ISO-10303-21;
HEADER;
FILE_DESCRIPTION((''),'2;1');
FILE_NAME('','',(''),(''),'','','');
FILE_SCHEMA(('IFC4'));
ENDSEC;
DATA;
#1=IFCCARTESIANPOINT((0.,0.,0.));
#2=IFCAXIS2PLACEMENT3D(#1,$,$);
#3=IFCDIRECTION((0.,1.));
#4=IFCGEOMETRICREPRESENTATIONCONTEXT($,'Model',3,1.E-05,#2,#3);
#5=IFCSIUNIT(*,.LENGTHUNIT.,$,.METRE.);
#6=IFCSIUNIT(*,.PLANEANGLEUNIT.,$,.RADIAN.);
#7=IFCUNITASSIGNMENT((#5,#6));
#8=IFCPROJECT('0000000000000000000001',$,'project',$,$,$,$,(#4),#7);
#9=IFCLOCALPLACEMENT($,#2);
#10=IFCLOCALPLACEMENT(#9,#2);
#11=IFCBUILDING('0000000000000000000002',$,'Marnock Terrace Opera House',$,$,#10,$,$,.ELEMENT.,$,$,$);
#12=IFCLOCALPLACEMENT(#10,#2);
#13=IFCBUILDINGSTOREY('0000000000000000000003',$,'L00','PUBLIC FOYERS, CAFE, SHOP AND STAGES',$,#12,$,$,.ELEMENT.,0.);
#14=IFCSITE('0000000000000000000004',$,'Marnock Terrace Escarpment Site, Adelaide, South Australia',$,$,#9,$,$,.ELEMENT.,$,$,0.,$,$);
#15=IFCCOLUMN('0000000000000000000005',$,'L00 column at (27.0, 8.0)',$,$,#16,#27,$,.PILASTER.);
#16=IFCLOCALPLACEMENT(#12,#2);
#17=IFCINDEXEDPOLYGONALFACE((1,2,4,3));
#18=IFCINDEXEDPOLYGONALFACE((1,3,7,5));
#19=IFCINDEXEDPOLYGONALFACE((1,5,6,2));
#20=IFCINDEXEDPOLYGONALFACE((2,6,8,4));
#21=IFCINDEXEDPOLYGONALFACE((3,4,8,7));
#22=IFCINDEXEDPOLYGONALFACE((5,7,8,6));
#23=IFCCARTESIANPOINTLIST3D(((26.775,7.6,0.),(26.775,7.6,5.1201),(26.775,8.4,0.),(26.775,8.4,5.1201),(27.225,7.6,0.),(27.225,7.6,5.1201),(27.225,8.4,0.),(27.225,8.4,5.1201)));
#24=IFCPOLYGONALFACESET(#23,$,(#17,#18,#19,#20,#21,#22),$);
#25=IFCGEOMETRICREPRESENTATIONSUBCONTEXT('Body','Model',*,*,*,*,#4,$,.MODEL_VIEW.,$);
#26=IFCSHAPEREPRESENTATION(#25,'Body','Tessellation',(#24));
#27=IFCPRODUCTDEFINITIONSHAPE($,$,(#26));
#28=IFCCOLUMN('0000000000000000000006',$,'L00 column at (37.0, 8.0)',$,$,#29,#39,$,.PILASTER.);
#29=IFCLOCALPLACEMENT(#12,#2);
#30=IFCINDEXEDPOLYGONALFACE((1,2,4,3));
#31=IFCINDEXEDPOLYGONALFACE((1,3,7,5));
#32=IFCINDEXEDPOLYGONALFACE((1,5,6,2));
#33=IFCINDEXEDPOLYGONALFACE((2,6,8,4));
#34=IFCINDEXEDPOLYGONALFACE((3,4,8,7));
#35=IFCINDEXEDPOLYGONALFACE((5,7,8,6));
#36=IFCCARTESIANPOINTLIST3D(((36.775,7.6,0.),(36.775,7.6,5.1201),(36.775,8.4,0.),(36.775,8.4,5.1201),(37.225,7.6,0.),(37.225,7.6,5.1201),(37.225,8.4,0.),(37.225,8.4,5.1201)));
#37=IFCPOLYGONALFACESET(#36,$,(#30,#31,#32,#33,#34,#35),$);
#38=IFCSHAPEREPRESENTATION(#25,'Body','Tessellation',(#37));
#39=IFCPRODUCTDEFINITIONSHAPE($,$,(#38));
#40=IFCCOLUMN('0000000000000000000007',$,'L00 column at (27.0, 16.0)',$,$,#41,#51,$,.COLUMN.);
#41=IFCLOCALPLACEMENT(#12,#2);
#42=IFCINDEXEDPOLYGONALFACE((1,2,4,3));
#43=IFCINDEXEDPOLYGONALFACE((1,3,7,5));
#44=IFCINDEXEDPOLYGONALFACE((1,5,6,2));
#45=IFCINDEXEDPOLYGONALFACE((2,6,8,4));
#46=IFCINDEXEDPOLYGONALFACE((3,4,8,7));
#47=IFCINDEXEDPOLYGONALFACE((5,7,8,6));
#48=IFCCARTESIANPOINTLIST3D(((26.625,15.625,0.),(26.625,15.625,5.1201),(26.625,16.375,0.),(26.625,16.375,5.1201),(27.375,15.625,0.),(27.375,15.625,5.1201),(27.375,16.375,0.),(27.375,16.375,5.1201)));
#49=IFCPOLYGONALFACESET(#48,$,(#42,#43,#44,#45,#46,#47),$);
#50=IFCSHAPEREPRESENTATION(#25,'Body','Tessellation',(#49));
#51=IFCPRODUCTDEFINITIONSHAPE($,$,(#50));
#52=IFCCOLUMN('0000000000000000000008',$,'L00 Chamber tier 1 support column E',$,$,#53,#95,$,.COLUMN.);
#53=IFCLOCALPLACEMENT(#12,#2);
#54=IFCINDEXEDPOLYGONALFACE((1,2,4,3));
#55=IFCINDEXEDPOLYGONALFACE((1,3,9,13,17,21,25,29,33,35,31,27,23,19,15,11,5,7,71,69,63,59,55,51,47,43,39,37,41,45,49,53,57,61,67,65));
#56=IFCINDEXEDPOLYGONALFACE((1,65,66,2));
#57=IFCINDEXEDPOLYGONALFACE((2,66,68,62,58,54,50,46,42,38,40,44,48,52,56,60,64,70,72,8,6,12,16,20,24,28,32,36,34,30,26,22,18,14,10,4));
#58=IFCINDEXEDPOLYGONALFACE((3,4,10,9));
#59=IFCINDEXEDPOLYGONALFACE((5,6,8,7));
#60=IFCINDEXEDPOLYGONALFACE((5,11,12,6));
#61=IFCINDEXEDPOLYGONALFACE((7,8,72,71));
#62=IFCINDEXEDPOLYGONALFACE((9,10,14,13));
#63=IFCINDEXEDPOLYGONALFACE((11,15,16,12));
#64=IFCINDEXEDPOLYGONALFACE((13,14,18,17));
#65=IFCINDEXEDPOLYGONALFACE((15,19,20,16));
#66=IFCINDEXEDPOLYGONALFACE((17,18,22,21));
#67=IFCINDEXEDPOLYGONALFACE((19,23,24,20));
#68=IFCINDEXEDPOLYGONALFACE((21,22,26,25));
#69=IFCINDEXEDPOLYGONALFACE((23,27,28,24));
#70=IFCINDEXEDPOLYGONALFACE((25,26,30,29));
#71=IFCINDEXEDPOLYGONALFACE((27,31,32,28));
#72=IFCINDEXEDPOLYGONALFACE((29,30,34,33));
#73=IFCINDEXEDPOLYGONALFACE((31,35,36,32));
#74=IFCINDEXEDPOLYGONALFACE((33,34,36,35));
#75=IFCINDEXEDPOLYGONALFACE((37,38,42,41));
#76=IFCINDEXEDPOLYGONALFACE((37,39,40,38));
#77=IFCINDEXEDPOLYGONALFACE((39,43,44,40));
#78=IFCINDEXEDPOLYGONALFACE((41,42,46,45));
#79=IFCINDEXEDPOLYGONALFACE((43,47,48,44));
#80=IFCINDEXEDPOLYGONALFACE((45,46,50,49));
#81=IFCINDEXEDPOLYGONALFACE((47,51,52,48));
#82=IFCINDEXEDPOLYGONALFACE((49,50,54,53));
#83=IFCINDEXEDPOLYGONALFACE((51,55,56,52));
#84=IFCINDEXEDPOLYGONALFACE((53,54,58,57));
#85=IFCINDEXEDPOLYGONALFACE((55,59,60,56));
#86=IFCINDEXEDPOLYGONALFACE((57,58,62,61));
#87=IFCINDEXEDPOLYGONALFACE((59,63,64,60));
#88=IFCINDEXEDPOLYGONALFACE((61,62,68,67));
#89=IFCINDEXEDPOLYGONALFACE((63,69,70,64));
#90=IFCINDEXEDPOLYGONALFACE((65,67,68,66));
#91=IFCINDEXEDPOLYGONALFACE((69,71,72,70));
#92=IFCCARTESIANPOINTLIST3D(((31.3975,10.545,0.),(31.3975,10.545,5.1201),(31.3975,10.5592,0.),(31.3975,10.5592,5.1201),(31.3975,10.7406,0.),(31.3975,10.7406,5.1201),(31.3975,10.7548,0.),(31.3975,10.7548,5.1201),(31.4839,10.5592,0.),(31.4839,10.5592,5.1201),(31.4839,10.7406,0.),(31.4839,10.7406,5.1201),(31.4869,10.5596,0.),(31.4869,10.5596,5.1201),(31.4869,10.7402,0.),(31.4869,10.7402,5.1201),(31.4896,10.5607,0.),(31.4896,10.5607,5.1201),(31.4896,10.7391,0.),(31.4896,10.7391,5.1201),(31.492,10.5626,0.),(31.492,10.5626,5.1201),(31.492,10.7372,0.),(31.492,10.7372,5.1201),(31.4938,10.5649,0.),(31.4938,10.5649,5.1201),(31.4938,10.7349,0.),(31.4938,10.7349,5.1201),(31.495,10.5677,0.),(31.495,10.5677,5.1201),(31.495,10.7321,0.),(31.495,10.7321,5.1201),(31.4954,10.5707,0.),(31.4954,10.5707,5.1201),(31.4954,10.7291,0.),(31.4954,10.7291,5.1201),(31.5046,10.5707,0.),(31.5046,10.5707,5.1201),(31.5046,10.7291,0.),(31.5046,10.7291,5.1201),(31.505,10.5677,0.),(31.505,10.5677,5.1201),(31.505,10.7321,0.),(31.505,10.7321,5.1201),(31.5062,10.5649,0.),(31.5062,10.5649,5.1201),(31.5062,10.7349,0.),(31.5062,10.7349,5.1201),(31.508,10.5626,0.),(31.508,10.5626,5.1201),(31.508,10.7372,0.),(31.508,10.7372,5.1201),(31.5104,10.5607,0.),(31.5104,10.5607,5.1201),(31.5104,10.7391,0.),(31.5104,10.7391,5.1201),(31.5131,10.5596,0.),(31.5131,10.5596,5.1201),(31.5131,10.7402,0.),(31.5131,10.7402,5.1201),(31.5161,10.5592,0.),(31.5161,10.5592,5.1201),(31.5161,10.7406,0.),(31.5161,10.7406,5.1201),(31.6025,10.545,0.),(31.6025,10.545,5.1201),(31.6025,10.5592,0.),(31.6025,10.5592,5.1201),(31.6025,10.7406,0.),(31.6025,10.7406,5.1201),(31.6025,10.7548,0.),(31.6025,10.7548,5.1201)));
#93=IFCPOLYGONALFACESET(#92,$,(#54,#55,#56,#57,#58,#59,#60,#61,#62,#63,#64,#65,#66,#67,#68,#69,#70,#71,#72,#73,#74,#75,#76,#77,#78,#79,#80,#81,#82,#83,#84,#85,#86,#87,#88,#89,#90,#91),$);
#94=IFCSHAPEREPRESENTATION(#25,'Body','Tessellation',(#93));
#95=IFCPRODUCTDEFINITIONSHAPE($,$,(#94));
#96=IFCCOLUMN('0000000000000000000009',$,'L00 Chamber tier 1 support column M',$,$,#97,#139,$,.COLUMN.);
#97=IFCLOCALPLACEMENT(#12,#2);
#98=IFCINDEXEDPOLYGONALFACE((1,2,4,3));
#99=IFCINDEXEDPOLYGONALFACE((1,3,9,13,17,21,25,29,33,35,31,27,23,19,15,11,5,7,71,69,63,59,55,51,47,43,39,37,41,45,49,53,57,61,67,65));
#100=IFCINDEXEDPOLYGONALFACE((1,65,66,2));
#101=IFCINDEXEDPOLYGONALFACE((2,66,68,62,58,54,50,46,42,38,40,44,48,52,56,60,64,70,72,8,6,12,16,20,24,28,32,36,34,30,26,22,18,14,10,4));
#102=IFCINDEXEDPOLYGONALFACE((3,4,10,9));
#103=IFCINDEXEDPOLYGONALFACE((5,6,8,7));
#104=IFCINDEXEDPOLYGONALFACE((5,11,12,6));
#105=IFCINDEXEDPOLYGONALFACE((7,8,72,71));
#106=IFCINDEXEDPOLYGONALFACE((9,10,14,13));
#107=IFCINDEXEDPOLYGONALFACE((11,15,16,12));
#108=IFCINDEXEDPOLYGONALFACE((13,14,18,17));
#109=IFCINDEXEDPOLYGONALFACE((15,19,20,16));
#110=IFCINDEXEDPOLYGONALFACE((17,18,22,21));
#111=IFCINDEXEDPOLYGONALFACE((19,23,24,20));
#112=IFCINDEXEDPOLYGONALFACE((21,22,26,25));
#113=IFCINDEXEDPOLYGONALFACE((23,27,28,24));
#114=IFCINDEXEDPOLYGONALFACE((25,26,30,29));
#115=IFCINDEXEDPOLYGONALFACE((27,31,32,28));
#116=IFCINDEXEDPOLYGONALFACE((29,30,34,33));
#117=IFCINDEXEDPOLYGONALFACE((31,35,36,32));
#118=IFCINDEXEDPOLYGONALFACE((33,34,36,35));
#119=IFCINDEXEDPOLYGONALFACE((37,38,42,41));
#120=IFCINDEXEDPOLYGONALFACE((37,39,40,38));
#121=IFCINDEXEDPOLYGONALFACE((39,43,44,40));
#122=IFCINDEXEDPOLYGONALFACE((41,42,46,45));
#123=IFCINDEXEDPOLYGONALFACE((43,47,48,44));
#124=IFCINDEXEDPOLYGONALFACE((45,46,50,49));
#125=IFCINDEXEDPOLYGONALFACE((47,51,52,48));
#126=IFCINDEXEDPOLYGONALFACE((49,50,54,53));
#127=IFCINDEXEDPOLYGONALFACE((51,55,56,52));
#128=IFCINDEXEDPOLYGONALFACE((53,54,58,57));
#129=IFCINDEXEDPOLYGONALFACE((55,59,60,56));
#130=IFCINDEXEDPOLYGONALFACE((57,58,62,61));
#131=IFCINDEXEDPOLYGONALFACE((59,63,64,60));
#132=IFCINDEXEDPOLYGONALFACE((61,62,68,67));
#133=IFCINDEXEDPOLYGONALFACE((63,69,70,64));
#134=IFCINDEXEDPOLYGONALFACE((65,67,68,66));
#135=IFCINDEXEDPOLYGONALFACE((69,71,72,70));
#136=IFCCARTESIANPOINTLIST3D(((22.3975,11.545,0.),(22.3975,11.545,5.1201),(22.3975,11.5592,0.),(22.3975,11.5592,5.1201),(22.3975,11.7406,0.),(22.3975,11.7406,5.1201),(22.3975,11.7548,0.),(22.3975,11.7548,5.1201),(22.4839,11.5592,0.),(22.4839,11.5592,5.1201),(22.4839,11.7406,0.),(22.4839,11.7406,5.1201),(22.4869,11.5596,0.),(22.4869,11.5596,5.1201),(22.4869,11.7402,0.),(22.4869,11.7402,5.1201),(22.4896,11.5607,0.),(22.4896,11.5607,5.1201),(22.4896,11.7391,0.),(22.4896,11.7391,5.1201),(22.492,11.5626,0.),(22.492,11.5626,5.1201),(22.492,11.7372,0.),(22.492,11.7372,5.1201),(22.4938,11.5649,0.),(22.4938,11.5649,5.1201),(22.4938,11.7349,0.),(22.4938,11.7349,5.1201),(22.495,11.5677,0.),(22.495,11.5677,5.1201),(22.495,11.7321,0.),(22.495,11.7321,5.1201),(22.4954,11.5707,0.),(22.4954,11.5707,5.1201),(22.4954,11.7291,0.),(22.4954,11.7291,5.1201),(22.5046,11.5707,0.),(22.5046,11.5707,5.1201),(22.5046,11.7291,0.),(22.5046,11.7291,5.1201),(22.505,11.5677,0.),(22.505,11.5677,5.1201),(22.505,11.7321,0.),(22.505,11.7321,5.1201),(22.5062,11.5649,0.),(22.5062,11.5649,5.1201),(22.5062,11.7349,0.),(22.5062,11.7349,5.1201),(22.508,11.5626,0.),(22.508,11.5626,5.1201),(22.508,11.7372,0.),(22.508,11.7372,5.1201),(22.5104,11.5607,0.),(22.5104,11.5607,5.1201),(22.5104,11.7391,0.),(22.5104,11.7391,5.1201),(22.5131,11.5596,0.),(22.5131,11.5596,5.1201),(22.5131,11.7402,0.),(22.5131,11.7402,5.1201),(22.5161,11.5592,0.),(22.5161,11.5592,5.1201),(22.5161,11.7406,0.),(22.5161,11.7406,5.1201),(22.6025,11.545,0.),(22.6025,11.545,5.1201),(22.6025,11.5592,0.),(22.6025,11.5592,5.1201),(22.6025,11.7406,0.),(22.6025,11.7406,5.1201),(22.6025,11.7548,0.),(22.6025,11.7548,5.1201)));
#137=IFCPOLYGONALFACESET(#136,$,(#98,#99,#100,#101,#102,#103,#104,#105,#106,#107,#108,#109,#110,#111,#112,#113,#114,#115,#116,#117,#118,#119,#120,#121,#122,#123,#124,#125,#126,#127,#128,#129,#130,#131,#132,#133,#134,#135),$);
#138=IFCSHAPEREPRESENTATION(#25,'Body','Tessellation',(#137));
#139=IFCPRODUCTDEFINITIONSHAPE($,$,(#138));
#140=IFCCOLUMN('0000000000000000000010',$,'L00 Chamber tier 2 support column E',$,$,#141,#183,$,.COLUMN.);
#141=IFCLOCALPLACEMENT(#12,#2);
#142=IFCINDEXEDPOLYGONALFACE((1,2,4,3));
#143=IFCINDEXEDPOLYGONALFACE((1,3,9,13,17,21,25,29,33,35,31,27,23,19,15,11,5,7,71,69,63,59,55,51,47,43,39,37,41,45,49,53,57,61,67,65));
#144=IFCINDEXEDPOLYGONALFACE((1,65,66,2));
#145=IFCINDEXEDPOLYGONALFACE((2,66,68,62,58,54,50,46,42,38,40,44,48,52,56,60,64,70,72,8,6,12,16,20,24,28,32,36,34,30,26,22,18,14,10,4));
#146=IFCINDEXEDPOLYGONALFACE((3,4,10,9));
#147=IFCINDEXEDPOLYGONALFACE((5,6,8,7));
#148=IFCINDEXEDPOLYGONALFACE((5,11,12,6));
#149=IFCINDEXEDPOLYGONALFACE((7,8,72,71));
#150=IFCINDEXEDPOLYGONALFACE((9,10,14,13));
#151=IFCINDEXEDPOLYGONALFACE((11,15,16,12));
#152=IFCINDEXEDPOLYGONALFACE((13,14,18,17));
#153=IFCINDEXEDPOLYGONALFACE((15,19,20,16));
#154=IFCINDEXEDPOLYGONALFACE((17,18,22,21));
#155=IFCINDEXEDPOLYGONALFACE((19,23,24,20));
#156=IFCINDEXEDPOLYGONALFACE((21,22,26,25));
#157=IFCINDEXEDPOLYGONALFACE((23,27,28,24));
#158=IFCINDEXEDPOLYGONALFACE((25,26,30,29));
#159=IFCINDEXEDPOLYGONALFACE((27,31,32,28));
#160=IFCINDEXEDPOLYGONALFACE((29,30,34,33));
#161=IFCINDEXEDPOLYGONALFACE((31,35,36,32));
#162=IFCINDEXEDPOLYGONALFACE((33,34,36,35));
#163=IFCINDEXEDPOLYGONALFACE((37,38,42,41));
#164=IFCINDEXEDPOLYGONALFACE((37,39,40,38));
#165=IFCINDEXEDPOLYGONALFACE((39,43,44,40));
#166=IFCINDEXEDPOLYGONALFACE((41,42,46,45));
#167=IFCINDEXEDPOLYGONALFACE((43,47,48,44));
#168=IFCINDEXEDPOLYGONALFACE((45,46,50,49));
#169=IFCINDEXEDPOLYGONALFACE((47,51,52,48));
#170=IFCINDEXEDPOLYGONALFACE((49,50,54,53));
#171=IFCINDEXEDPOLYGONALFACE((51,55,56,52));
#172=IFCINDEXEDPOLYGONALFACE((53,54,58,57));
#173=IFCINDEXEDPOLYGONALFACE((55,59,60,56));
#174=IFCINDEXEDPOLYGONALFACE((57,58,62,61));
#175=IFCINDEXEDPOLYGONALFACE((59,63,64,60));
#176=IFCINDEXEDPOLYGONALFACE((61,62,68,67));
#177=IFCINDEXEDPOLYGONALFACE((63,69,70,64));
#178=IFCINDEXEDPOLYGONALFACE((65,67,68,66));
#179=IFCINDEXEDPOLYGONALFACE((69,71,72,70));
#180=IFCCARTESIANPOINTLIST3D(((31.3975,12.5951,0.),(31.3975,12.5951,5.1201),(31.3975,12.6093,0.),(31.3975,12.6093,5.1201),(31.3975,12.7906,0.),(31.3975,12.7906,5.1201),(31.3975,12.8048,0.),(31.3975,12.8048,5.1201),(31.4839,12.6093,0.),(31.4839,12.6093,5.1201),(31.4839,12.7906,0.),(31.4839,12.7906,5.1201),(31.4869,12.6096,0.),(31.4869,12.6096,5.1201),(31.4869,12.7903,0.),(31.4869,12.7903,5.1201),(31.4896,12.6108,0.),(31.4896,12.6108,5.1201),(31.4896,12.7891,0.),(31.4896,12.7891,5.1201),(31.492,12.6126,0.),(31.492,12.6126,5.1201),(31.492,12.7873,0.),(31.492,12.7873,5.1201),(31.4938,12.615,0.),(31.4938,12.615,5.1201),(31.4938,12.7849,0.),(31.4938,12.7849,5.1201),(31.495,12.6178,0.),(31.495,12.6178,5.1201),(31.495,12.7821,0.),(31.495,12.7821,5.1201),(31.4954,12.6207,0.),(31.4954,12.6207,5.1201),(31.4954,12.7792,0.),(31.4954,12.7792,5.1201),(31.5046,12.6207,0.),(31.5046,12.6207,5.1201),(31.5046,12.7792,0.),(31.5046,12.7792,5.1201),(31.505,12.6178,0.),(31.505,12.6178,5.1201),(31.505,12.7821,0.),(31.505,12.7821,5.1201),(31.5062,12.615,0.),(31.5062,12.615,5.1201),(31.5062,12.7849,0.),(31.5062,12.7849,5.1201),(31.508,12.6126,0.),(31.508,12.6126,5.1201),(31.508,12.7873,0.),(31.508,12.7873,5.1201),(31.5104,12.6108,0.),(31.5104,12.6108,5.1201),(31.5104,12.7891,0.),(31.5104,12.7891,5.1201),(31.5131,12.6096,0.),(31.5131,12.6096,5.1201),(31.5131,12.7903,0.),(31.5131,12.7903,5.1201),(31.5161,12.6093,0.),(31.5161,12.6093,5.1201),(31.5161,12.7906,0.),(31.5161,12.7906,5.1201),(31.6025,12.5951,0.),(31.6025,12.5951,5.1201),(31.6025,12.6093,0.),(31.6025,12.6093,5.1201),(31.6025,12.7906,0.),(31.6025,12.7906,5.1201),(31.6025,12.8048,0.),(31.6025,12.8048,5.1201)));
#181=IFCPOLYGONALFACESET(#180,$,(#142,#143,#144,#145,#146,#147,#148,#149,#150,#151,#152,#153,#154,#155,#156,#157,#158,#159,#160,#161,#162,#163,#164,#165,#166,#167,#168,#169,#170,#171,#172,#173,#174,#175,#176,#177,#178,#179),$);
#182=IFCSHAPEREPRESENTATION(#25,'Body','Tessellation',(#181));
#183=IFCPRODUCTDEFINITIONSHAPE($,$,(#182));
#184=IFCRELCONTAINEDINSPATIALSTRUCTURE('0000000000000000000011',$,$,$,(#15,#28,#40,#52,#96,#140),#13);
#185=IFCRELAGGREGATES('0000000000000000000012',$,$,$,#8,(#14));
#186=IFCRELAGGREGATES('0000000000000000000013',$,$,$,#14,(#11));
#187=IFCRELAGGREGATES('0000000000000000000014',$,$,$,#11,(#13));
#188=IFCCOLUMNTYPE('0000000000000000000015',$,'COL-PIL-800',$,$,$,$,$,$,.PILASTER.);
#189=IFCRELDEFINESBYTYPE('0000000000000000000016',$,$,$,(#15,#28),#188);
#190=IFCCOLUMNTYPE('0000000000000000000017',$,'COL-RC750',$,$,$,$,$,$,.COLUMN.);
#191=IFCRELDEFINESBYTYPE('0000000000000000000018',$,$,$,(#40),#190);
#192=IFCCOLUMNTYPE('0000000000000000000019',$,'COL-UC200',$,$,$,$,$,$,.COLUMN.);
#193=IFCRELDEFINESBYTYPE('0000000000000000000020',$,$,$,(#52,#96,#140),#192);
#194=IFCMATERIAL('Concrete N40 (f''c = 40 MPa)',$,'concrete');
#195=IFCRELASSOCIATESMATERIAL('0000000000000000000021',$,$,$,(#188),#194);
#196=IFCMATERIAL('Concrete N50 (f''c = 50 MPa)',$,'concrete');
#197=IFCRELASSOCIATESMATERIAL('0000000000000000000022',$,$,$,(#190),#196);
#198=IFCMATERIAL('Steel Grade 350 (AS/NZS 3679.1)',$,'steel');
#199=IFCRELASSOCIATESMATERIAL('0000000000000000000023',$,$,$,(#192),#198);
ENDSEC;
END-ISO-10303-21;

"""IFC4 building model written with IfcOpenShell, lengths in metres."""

from ifc_helpers import new_model, si_unit, direction, frame, origin, origin_2d, place, context, subcontext, project, spatial, rectangle, i_section, extrude, material, material_profile, profile_set, type_object, element, save


model = new_model("IFC4")

# Units and contexts
model_context = context("Model", 3, precision=1e-05, world=origin(), true_north=direction((0.0, 1.0)))
body_context = subcontext(model_context, "Body", "Model", "MODEL_VIEW")
ifc_project = project(units=[si_unit("LENGTHUNIT", "METRE"), si_unit("PLANEANGLEUNIT", "RADIAN")], contexts=[model_context])

# Site, building, storey
site_placement = place(None, origin())
site = spatial("IfcSite", under=ifc_project, at=site_placement, Name="Marnock Terrace Escarpment Site, Adelaide, South Australia", CompositionType="ELEMENT", RefElevation=0.0)
building_placement = place(site_placement, origin())
building = spatial("IfcBuilding", under=site, at=building_placement, Name="Marnock Terrace Opera House", CompositionType="ELEMENT")
storey_placement = place(building_placement, origin())
storey = spatial("IfcBuildingStorey", under=building, at=storey_placement, Name="L00", Description="PUBLIC FOYERS, CAFE, SHOP AND STAGES", CompositionType="ELEMENT", Elevation=0.0)

# Columns
ifc_material_1 = material(Name="Concrete N40 (f'c = 40 MPa)", Category="concrete")
ifc_material_profile_1 = material_profile(ifc_material_1, rectangle(XDim=0.45, YDim=0.8, at=origin_2d()))
ifc_profile_set_1 = profile_set([ifc_material_profile_1], Name="Concrete N40 (f'c = 40 MPa)")
column_type_1 = type_object("IfcColumnType", Name="COL-PIL-800", PredefinedType="PILASTER", material=ifc_profile_set_1)
for number, where, z_axis, x_axis, name in (
    (1, (27.0, 8.0, 0.0), (0.0, 0.0, 1.0), (1.0, 0.0, 0.0), "L00 column at (27.0, 8.0)"),
    (2, (37.0, 8.0, 0.0), (0.0, 0.0, 1.0), (1.0, 0.0, 0.0), "L00 column at (37.0, 8.0)"),
):
    element("IfcColumn", number, at=place(storey_placement, frame(where, z_axis=z_axis, x_axis=x_axis)), inside=storey, type_object=column_type_1, Name=name, PredefinedType="PILASTER", context=body_context, shape_type="SweptSolid", body=[
        extrude(rectangle(XDim=0.45, YDim=0.8, at=origin_2d()), origin(), (0.0, 0.0, 1.0), 5.1201),
    ])
ifc_material_2 = material(Name="Concrete N50 (f'c = 50 MPa)", Category="concrete")
ifc_material_profile_2 = material_profile(ifc_material_2, rectangle(XDim=0.75, YDim=0.75, at=origin_2d()))
ifc_profile_set_2 = profile_set([ifc_material_profile_2], Name="Concrete N50 (f'c = 50 MPa)")
column_type_2 = type_object("IfcColumnType", Name="COL-RC750", PredefinedType="COLUMN", material=ifc_profile_set_2)
column_placement = place(storey_placement, frame((27.0, 16.0, 0.0), z_axis=(0.0, 0.0, 1.0), x_axis=(1.0, 0.0, 0.0)))
element("IfcColumn", 3, at=column_placement, inside=storey, type_object=column_type_2, Name="L00 column at (27.0, 16.0)", PredefinedType="COLUMN", context=body_context, shape_type="SweptSolid", body=[
    extrude(rectangle(XDim=0.75, YDim=0.75, at=origin_2d()), origin(), (0.0, 0.0, 1.0), 5.1201),
])
ifc_material_3 = material(Name="Steel Grade 350 (AS/NZS 3679.1)", Category="steel")
ifc_material_profile_3 = material_profile(ifc_material_3, i_section(OverallWidth=0.2051, OverallDepth=0.2097, WebThickness=0.0093, FlangeThickness=0.0142, FilletRadius=0.0115, at=origin_2d()))
ifc_profile_set_3 = profile_set([ifc_material_profile_3], Name="Steel Grade 350 (AS/NZS 3679.1)")
column_type_3 = type_object("IfcColumnType", Name="COL-UC200", PredefinedType="COLUMN", material=ifc_profile_set_3)
for number, where, z_axis, x_axis, name in (
    (4, (31.5, 10.6499, 0.0), (0.0, 0.0, 1.0), (1.0, 0.0, 0.0), "L00 Chamber tier 1 support column E"),
    (5, (22.5, 11.6499, 0.0), (0.0, 0.0, 1.0), (1.0, 0.0, 0.0), "L00 Chamber tier 1 support column M"),
    (6, (31.5, 12.7, 0.0), (0.0, 0.0, 1.0), (1.0, 0.0, 0.0), "L00 Chamber tier 2 support column E"),
):
    element("IfcColumn", number, at=place(storey_placement, frame(where, z_axis=z_axis, x_axis=x_axis)), inside=storey, type_object=column_type_3, Name=name, PredefinedType="COLUMN", context=body_context, shape_type="SweptSolid", body=[
        extrude(i_section(OverallWidth=0.2051, OverallDepth=0.2097, WebThickness=0.0093, FlangeThickness=0.0142, FilletRadius=0.0115, at=origin_2d()), origin(), (0.0, 0.0, 1.0), 5.1201),
    ])

save(model, "model.ifc")
